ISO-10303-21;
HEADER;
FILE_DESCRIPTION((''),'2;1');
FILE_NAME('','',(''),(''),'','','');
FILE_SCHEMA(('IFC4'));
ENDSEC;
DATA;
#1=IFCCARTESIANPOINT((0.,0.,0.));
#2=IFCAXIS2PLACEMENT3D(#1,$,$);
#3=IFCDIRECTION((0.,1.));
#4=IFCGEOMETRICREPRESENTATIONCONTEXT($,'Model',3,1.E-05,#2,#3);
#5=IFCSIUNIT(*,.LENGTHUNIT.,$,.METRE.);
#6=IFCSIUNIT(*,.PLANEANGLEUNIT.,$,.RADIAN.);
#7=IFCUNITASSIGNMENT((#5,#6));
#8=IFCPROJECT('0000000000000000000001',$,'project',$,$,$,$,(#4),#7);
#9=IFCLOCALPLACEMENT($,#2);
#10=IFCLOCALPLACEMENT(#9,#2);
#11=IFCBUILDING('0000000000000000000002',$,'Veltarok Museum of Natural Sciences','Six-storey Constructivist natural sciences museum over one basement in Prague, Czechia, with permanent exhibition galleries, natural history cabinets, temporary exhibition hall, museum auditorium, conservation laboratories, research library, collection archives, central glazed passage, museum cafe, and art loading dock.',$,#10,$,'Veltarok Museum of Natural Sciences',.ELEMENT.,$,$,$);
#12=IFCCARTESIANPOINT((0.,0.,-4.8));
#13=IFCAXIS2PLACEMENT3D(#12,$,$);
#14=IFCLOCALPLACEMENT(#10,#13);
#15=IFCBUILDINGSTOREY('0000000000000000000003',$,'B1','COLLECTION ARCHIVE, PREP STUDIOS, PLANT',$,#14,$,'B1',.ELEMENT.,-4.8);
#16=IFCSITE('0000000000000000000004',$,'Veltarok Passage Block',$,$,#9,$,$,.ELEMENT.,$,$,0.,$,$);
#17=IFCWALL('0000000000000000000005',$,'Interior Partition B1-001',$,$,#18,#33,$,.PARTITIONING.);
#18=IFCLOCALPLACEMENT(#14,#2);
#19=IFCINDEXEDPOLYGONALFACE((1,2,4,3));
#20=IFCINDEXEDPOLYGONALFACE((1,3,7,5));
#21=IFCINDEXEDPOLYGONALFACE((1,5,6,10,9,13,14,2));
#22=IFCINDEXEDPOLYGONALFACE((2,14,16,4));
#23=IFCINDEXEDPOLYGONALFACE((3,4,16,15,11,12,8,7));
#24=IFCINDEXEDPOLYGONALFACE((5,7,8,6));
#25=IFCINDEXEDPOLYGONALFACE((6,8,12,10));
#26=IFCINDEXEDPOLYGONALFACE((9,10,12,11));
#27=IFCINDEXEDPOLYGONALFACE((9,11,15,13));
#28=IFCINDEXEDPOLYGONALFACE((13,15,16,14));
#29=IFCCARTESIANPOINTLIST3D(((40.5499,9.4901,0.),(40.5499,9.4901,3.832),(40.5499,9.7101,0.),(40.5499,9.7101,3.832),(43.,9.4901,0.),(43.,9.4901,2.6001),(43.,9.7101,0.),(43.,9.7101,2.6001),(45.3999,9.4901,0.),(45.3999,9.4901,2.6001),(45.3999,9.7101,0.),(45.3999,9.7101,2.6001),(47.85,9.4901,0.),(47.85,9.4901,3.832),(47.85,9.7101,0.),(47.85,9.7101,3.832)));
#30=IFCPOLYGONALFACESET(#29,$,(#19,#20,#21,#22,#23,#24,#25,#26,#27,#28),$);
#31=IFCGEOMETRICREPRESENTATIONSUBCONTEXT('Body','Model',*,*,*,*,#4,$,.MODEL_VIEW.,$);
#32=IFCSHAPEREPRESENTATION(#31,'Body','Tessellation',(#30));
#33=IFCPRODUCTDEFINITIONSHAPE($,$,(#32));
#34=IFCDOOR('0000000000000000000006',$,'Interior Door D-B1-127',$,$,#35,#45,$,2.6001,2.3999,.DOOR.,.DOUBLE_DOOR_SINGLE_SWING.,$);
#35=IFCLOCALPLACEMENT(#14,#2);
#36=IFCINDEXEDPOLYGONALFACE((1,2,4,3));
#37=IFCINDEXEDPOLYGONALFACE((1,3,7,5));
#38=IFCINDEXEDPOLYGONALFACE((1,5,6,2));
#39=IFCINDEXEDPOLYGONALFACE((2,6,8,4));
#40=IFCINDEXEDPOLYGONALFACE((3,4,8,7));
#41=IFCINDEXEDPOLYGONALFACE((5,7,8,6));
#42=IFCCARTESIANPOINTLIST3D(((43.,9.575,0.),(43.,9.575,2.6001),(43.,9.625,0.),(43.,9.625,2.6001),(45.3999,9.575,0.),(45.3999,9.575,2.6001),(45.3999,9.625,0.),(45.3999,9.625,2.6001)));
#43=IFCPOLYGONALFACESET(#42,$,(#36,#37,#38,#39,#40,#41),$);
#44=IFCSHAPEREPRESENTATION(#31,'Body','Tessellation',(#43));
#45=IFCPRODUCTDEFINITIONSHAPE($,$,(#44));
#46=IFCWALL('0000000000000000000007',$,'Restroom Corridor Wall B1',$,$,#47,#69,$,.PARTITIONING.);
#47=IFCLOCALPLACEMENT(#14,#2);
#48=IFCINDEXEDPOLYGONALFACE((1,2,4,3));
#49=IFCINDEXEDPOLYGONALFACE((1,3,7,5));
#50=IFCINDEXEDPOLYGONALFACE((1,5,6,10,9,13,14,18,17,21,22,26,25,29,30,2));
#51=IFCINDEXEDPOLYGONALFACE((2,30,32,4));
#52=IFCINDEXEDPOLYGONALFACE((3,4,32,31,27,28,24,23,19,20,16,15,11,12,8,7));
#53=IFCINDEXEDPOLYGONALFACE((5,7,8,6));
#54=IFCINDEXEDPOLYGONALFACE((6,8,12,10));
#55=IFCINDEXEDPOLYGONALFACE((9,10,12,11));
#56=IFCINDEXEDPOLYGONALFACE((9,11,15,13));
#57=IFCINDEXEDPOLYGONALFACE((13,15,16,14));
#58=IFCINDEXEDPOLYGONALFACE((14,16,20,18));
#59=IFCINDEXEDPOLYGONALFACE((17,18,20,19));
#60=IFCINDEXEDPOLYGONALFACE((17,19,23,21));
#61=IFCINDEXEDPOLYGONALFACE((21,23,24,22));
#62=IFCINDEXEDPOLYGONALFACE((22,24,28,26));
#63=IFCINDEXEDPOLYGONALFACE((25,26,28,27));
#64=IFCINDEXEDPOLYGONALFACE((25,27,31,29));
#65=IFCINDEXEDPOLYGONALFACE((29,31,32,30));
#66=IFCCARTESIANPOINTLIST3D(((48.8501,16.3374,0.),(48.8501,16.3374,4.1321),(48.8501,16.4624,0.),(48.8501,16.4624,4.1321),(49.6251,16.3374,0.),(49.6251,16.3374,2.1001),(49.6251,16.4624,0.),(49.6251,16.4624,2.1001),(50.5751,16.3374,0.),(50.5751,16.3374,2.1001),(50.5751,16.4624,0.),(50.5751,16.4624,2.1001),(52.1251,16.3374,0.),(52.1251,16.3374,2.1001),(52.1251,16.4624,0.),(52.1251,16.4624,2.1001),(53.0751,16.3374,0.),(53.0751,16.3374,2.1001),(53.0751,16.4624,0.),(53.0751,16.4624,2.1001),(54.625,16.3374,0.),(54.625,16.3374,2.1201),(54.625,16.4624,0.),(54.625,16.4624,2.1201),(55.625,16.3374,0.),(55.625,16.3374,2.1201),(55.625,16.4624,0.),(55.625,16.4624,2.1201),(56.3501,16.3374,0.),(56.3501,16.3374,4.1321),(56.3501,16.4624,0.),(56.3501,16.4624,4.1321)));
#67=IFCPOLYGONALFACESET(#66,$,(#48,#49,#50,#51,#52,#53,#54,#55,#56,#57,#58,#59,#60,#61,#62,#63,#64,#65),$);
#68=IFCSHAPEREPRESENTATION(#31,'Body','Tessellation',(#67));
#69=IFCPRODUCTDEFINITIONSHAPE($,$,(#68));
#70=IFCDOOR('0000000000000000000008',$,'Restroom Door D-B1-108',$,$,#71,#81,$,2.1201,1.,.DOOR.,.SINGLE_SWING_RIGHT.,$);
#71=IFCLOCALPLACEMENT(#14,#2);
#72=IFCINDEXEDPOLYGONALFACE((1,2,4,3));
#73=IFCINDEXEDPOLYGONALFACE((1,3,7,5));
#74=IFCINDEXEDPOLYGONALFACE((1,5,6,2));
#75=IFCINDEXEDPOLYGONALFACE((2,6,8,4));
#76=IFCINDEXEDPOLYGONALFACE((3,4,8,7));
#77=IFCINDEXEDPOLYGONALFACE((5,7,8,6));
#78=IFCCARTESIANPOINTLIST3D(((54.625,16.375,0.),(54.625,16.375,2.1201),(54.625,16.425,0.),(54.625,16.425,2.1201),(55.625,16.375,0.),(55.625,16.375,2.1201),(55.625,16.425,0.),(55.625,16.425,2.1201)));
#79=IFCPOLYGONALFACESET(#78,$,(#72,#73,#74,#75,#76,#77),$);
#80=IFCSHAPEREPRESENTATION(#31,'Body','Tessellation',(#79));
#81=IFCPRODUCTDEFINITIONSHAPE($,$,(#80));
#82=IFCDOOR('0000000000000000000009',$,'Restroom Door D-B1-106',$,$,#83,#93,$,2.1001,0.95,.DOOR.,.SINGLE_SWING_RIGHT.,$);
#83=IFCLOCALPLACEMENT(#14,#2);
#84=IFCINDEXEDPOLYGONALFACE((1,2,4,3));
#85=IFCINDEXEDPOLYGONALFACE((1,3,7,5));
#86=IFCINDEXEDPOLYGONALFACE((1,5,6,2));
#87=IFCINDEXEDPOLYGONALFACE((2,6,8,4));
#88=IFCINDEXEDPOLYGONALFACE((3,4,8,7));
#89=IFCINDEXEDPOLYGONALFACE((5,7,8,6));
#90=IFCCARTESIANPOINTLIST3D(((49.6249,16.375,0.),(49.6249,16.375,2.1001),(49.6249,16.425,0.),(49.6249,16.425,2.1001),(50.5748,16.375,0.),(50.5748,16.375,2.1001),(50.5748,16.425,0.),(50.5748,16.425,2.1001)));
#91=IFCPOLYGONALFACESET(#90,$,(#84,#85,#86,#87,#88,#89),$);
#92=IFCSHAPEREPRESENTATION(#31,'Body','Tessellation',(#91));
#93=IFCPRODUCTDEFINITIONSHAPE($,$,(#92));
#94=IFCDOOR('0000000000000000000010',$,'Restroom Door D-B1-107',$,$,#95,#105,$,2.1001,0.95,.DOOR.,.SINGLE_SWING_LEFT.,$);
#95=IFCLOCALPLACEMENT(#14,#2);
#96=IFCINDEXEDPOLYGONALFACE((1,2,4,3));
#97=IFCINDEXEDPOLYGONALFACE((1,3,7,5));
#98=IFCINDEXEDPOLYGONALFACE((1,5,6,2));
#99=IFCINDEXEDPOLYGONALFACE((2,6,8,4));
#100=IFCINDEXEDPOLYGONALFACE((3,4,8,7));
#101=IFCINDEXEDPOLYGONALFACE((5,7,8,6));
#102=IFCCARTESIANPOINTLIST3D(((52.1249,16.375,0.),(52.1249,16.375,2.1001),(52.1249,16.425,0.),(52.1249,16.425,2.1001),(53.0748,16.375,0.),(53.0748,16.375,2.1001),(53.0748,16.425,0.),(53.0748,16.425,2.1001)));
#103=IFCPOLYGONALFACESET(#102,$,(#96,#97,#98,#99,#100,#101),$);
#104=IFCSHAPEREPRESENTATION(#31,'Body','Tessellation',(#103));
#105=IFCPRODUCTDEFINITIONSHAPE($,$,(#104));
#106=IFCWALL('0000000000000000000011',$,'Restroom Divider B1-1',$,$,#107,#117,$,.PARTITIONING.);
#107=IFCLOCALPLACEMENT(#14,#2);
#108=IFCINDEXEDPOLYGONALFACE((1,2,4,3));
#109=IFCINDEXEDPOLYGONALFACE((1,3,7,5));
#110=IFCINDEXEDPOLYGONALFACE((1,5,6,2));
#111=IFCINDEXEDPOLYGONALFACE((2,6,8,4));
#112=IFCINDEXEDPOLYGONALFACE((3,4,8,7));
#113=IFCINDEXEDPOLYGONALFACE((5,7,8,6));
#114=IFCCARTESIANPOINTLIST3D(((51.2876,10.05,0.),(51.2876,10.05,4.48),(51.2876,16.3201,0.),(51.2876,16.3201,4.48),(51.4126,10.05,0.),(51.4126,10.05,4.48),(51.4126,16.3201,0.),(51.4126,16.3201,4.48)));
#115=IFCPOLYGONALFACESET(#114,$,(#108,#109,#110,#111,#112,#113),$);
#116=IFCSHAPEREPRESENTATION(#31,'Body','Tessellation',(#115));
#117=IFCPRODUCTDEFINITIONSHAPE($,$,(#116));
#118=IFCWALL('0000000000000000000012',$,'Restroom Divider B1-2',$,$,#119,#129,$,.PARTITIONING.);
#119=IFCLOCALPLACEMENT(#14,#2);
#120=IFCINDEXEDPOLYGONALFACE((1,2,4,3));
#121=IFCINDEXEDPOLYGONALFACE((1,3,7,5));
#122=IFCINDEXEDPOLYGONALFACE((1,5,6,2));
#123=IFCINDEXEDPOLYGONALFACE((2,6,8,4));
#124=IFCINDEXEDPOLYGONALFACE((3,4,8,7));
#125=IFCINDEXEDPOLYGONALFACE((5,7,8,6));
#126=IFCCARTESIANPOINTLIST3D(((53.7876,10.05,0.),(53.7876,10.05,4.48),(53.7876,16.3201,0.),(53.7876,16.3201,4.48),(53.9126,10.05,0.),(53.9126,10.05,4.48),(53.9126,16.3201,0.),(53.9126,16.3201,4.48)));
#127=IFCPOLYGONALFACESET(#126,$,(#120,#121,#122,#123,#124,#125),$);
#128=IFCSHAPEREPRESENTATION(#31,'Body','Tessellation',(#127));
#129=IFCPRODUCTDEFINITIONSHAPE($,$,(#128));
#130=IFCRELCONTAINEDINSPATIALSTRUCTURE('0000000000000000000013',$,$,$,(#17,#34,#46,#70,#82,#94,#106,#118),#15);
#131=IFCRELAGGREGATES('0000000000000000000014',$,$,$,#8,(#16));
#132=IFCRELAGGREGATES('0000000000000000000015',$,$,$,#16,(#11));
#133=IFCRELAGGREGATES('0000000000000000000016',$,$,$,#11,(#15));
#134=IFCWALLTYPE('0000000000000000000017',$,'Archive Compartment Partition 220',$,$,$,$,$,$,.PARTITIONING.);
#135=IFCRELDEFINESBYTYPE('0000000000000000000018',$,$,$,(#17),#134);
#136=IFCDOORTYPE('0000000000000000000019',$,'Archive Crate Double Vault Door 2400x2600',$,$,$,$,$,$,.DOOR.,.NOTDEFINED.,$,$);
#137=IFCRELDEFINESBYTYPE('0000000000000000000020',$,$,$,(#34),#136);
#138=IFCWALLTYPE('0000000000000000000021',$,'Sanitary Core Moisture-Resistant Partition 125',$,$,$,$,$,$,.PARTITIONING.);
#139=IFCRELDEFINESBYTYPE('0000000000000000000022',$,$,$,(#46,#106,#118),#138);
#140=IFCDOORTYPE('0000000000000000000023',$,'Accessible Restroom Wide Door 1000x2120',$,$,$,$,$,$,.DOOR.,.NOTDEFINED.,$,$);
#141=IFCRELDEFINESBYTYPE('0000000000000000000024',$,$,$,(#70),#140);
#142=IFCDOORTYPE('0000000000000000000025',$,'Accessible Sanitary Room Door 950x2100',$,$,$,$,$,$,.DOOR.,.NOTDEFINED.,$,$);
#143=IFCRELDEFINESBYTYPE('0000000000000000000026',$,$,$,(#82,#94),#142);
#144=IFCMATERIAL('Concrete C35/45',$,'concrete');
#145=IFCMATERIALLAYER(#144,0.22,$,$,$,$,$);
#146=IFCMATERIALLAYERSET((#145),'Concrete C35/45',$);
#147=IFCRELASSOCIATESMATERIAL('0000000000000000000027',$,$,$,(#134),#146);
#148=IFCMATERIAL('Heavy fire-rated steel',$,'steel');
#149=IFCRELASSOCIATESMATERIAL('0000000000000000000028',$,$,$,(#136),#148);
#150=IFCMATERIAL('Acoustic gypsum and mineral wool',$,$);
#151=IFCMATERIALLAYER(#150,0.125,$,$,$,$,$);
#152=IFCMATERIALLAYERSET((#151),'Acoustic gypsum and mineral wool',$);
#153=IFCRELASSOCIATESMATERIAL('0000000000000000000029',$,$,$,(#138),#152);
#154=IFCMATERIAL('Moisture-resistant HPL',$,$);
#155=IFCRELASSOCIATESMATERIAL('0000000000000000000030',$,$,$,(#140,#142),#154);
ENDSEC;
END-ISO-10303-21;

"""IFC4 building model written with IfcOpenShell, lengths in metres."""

from ifc_helpers import new_model, si_unit, direction, frame, frame_2d, origin, place, context, subcontext, project, spatial, rectangle, extrude, material, layer, layer_set, type_object, element, fill, save


model = new_model("IFC4")

# Units and contexts
model_context = context("Model", 3, precision=1e-05, world=origin(), true_north=direction((0.0, 1.0)))
body_context = subcontext(model_context, "Body", "Model", "MODEL_VIEW")
ifc_project = project(units=[si_unit("LENGTHUNIT", "METRE"), si_unit("PLANEANGLEUNIT", "RADIAN")], contexts=[model_context])

# Site, building, storey
site_placement = place(None, origin())
site = spatial("IfcSite", under=ifc_project, at=site_placement, Name="Veltarok Passage Block", CompositionType="ELEMENT", RefElevation=0.0)
building_placement = place(site_placement, origin())
building = spatial("IfcBuilding", under=site, at=building_placement, Name="Veltarok Museum of Natural Sciences", Description="Six-storey Constructivist natural sciences museum over one basement in Prague, Czechia, with permanent exhibition galleries, natural history cabinets, temporary exhibition hall, museum auditorium, conservation laboratories, research library, collection archives, central glazed passage, museum cafe, and art loading dock.", LongName="Veltarok Museum of Natural Sciences", CompositionType="ELEMENT")
storey_placement = place(building_placement, frame((0.0, 0.0, -4.8)))
storey = spatial("IfcBuildingStorey", under=building, at=storey_placement, Name="B1", Description="COLLECTION ARCHIVE, PREP STUDIOS, PLANT", LongName="B1", CompositionType="ELEMENT", Elevation=-4.8)

# Shared definitions
ifc_material_1 = material(Name="Concrete C35/45", Category="concrete")

# Wall, opening, door
ifc_layer_1 = layer(ifc_material_1, 0.22)
ifc_layer_set_1 = layer_set([ifc_layer_1], Name="Concrete C35/45")
wall_type_1 = type_object("IfcWallType", Name="Archive Compartment Partition 220", PredefinedType="PARTITIONING", material=ifc_layer_set_1)
wall_1_placement = place(storey_placement, frame((40.55, 9.6001, 0.0), z_axis=(0.0, 0.0, 1.0), x_axis=(1.0, 0.0, 0.0)))
wall_1 = element("IfcWall", 1, at=wall_1_placement, inside=storey, type_object=wall_type_1, Name="Interior Partition B1-001", PredefinedType="PARTITIONING", context=body_context, shape_type="SweptSolid", body=[
    extrude(rectangle(XDim=7.3, YDim=0.22, at=frame_2d((3.6499, 0.0))), origin(), (0.0, 0.0, 1.0), 3.832),
])
opening_1_placement = place(wall_1_placement, frame((2.45, 0.0, 0.0)))
opening_1 = element("IfcOpeningElement", 2, at=opening_1_placement, cuts=wall_1, PredefinedType="OPENING", context=body_context, shape_type="SweptSolid", body=[
    extrude(rectangle(XDim=2.3999, YDim=2.6001, at=frame_2d((1.2, 1.3))), frame((0.0, 0.1201, 0.0), z_axis=(0.0, -1.0, 0.0), x_axis=(1.0, 0.0, 0.0)), (0.0, 0.0, 1.0), 0.24),
])
ifc_material_2 = material(Name="Heavy fire-rated steel", Category="steel")
door_type_1 = type_object("IfcDoorType", Name="Archive Crate Double Vault Door 2400x2600", OperationType="NOTDEFINED", PredefinedType="DOOR", material=ifc_material_2)
door_1_placement = place(opening_1_placement, origin())
door_1 = element("IfcDoor", 3, at=door_1_placement, inside=storey, type_object=door_type_1, Name="Interior Door D-B1-127", OperationType="DOUBLE_DOOR_SINGLE_SWING", OverallHeight=2.6001, OverallWidth=2.3999, PredefinedType="DOOR", context=body_context, shape_type="SweptSolid", body=[
    extrude(rectangle(XDim=2.3999, YDim=2.6001, at=frame_2d((1.2, 1.3))), frame((0.0, 0.0249, 0.0), z_axis=(0.0, -1.0, 0.0), x_axis=(1.0, 0.0, 0.0)), (0.0, 0.0, 1.0), 0.05),
])
fill(opening_1, door_1)

# Wall, openings, doors
ifc_material_3 = material(Name="Acoustic gypsum and mineral wool")
ifc_layer_2 = layer(ifc_material_3, 0.125)
ifc_layer_set_2 = layer_set([ifc_layer_2], Name="Acoustic gypsum and mineral wool")
wall_type_2 = type_object("IfcWallType", Name="Sanitary Core Moisture-Resistant Partition 125", PredefinedType="PARTITIONING", material=ifc_layer_set_2)
wall_2_placement = place(storey_placement, frame((48.8501, 16.3999, 0.0), z_axis=(0.0, 0.0, 1.0), x_axis=(1.0, 0.0, 0.0)))
wall_2 = element("IfcWall", 4, at=wall_2_placement, inside=storey, type_object=wall_type_2, Name="Restroom Corridor Wall B1", PredefinedType="PARTITIONING", context=body_context, shape_type="SweptSolid", body=[
    extrude(rectangle(XDim=7.5, YDim=0.125, at=frame_2d((3.75, 0.0))), origin(), (0.0, 0.0, 1.0), 4.1321),
])
opening_2_placement = place(wall_2_placement, frame((0.7749, 0.0, 0.0)))
opening_2 = element("IfcOpeningElement", 5, at=opening_2_placement, cuts=wall_2, PredefinedType="OPENING", context=body_context, shape_type="SweptSolid", body=[
    extrude(rectangle(XDim=0.95, YDim=2.1001, at=frame_2d((0.4751, 1.05))), frame((0.0, 0.0725, 0.0), z_axis=(0.0, -1.0, 0.0), x_axis=(1.0, 0.0, 0.0)), (0.0, 0.0, 1.0), 0.145),
])
opening_3_placement = place(wall_2_placement, frame((3.2749, 0.0, 0.0)))
opening_3 = element("IfcOpeningElement", 6, at=opening_3_placement, cuts=wall_2, PredefinedType="OPENING", context=body_context, shape_type="SweptSolid", body=[
    extrude(rectangle(XDim=0.95, YDim=2.1001, at=frame_2d((0.4751, 1.05))), frame((0.0, 0.0725, 0.0), z_axis=(0.0, -1.0, 0.0), x_axis=(1.0, 0.0, 0.0)), (0.0, 0.0, 1.0), 0.145),
])
opening_4_placement = place(wall_2_placement, frame((5.7749, 0.0, 0.0)))
opening_4 = element("IfcOpeningElement", 7, at=opening_4_placement, cuts=wall_2, PredefinedType="OPENING", context=body_context, shape_type="SweptSolid", body=[
    extrude(rectangle(XDim=1.0, YDim=2.1201, at=frame_2d((0.5, 1.0601))), frame((0.0, 0.0725, 0.0), z_axis=(0.0, -1.0, 0.0), x_axis=(1.0, 0.0, 0.0)), (0.0, 0.0, 1.0), 0.145),
])
ifc_material_4 = material(Name="Moisture-resistant HPL")
door_type_2 = type_object("IfcDoorType", Name="Accessible Restroom Wide Door 1000x2120", OperationType="NOTDEFINED", PredefinedType="DOOR", material=ifc_material_4)
door_2_placement = place(opening_4_placement, frame((1.0, 0.0, 0.0), z_axis=(0.0, 0.0, 1.0), x_axis=(-1.0, 0.0, 0.0)))
door_2 = element("IfcDoor", 8, at=door_2_placement, inside=storey, type_object=door_type_2, Name="Restroom Door D-B1-108", OperationType="SINGLE_SWING_RIGHT", OverallHeight=2.1201, OverallWidth=1.0, PredefinedType="DOOR", context=body_context, shape_type="SweptSolid", body=[
    extrude(rectangle(XDim=1.0, YDim=2.1201, at=frame_2d((0.5, 1.0601))), frame((0.0, 0.0249, 0.0), z_axis=(0.0, -1.0, 0.0), x_axis=(1.0, 0.0, 0.0)), (0.0, 0.0, 1.0), 0.05),
])
fill(opening_4, door_2)
door_type_3 = type_object("IfcDoorType", Name="Accessible Sanitary Room Door 950x2100", OperationType="NOTDEFINED", PredefinedType="DOOR", material=ifc_material_4)
door_3_placement = place(opening_2_placement, frame((0.95, 0.0, 0.0), z_axis=(0.0, 0.0, 1.0), x_axis=(-1.0, 0.0, 0.0)))
door_3 = element("IfcDoor", 9, at=door_3_placement, inside=storey, type_object=door_type_3, Name="Restroom Door D-B1-106", OperationType="SINGLE_SWING_RIGHT", OverallHeight=2.1001, OverallWidth=0.95, PredefinedType="DOOR", context=body_context, shape_type="SweptSolid", body=[
    extrude(rectangle(XDim=0.95, YDim=2.1001, at=frame_2d((0.4751, 1.05))), frame((0.0, 0.0249, 0.0), z_axis=(0.0, -1.0, 0.0), x_axis=(1.0, 0.0, 0.0)), (0.0, 0.0, 1.0), 0.05),
])
fill(opening_2, door_3)
door_4_placement = place(opening_3_placement, frame((0.95, 0.0, 0.0), z_axis=(0.0, 0.0, 1.0), x_axis=(-1.0, 0.0, 0.0)))
door_4 = element("IfcDoor", 10, at=door_4_placement, inside=storey, type_object=door_type_3, Name="Restroom Door D-B1-107", OperationType="SINGLE_SWING_LEFT", OverallHeight=2.1001, OverallWidth=0.95, PredefinedType="DOOR", context=body_context, shape_type="SweptSolid", body=[
    extrude(rectangle(XDim=0.95, YDim=2.1001, at=frame_2d((0.4751, 1.05))), frame((0.0, 0.0249, 0.0), z_axis=(0.0, -1.0, 0.0), x_axis=(1.0, 0.0, 0.0)), (0.0, 0.0, 1.0), 0.05),
])
fill(opening_3, door_4)

# Walls
for number, where, z_axis, x_axis, name in (
    (11, (51.3501, 10.05, 0.0), (0.0, 0.0, 1.0), (0.0, 1.0, 0.0), "Restroom Divider B1-1"),
    (12, (53.8501, 10.05, 0.0), (0.0, 0.0, 1.0), (0.0, 1.0, 0.0), "Restroom Divider B1-2"),
):
    element("IfcWall", number, at=place(storey_placement, frame(where, z_axis=z_axis, x_axis=x_axis)), inside=storey, type_object=wall_type_2, Name=name, PredefinedType="PARTITIONING", context=body_context, shape_type="SweptSolid", body=[
        extrude(rectangle(XDim=6.27, YDim=0.125, at=frame_2d((3.135, 0.0))), origin(), (0.0, 0.0, 1.0), 4.48),
    ])

save(model, "model.ifc")
